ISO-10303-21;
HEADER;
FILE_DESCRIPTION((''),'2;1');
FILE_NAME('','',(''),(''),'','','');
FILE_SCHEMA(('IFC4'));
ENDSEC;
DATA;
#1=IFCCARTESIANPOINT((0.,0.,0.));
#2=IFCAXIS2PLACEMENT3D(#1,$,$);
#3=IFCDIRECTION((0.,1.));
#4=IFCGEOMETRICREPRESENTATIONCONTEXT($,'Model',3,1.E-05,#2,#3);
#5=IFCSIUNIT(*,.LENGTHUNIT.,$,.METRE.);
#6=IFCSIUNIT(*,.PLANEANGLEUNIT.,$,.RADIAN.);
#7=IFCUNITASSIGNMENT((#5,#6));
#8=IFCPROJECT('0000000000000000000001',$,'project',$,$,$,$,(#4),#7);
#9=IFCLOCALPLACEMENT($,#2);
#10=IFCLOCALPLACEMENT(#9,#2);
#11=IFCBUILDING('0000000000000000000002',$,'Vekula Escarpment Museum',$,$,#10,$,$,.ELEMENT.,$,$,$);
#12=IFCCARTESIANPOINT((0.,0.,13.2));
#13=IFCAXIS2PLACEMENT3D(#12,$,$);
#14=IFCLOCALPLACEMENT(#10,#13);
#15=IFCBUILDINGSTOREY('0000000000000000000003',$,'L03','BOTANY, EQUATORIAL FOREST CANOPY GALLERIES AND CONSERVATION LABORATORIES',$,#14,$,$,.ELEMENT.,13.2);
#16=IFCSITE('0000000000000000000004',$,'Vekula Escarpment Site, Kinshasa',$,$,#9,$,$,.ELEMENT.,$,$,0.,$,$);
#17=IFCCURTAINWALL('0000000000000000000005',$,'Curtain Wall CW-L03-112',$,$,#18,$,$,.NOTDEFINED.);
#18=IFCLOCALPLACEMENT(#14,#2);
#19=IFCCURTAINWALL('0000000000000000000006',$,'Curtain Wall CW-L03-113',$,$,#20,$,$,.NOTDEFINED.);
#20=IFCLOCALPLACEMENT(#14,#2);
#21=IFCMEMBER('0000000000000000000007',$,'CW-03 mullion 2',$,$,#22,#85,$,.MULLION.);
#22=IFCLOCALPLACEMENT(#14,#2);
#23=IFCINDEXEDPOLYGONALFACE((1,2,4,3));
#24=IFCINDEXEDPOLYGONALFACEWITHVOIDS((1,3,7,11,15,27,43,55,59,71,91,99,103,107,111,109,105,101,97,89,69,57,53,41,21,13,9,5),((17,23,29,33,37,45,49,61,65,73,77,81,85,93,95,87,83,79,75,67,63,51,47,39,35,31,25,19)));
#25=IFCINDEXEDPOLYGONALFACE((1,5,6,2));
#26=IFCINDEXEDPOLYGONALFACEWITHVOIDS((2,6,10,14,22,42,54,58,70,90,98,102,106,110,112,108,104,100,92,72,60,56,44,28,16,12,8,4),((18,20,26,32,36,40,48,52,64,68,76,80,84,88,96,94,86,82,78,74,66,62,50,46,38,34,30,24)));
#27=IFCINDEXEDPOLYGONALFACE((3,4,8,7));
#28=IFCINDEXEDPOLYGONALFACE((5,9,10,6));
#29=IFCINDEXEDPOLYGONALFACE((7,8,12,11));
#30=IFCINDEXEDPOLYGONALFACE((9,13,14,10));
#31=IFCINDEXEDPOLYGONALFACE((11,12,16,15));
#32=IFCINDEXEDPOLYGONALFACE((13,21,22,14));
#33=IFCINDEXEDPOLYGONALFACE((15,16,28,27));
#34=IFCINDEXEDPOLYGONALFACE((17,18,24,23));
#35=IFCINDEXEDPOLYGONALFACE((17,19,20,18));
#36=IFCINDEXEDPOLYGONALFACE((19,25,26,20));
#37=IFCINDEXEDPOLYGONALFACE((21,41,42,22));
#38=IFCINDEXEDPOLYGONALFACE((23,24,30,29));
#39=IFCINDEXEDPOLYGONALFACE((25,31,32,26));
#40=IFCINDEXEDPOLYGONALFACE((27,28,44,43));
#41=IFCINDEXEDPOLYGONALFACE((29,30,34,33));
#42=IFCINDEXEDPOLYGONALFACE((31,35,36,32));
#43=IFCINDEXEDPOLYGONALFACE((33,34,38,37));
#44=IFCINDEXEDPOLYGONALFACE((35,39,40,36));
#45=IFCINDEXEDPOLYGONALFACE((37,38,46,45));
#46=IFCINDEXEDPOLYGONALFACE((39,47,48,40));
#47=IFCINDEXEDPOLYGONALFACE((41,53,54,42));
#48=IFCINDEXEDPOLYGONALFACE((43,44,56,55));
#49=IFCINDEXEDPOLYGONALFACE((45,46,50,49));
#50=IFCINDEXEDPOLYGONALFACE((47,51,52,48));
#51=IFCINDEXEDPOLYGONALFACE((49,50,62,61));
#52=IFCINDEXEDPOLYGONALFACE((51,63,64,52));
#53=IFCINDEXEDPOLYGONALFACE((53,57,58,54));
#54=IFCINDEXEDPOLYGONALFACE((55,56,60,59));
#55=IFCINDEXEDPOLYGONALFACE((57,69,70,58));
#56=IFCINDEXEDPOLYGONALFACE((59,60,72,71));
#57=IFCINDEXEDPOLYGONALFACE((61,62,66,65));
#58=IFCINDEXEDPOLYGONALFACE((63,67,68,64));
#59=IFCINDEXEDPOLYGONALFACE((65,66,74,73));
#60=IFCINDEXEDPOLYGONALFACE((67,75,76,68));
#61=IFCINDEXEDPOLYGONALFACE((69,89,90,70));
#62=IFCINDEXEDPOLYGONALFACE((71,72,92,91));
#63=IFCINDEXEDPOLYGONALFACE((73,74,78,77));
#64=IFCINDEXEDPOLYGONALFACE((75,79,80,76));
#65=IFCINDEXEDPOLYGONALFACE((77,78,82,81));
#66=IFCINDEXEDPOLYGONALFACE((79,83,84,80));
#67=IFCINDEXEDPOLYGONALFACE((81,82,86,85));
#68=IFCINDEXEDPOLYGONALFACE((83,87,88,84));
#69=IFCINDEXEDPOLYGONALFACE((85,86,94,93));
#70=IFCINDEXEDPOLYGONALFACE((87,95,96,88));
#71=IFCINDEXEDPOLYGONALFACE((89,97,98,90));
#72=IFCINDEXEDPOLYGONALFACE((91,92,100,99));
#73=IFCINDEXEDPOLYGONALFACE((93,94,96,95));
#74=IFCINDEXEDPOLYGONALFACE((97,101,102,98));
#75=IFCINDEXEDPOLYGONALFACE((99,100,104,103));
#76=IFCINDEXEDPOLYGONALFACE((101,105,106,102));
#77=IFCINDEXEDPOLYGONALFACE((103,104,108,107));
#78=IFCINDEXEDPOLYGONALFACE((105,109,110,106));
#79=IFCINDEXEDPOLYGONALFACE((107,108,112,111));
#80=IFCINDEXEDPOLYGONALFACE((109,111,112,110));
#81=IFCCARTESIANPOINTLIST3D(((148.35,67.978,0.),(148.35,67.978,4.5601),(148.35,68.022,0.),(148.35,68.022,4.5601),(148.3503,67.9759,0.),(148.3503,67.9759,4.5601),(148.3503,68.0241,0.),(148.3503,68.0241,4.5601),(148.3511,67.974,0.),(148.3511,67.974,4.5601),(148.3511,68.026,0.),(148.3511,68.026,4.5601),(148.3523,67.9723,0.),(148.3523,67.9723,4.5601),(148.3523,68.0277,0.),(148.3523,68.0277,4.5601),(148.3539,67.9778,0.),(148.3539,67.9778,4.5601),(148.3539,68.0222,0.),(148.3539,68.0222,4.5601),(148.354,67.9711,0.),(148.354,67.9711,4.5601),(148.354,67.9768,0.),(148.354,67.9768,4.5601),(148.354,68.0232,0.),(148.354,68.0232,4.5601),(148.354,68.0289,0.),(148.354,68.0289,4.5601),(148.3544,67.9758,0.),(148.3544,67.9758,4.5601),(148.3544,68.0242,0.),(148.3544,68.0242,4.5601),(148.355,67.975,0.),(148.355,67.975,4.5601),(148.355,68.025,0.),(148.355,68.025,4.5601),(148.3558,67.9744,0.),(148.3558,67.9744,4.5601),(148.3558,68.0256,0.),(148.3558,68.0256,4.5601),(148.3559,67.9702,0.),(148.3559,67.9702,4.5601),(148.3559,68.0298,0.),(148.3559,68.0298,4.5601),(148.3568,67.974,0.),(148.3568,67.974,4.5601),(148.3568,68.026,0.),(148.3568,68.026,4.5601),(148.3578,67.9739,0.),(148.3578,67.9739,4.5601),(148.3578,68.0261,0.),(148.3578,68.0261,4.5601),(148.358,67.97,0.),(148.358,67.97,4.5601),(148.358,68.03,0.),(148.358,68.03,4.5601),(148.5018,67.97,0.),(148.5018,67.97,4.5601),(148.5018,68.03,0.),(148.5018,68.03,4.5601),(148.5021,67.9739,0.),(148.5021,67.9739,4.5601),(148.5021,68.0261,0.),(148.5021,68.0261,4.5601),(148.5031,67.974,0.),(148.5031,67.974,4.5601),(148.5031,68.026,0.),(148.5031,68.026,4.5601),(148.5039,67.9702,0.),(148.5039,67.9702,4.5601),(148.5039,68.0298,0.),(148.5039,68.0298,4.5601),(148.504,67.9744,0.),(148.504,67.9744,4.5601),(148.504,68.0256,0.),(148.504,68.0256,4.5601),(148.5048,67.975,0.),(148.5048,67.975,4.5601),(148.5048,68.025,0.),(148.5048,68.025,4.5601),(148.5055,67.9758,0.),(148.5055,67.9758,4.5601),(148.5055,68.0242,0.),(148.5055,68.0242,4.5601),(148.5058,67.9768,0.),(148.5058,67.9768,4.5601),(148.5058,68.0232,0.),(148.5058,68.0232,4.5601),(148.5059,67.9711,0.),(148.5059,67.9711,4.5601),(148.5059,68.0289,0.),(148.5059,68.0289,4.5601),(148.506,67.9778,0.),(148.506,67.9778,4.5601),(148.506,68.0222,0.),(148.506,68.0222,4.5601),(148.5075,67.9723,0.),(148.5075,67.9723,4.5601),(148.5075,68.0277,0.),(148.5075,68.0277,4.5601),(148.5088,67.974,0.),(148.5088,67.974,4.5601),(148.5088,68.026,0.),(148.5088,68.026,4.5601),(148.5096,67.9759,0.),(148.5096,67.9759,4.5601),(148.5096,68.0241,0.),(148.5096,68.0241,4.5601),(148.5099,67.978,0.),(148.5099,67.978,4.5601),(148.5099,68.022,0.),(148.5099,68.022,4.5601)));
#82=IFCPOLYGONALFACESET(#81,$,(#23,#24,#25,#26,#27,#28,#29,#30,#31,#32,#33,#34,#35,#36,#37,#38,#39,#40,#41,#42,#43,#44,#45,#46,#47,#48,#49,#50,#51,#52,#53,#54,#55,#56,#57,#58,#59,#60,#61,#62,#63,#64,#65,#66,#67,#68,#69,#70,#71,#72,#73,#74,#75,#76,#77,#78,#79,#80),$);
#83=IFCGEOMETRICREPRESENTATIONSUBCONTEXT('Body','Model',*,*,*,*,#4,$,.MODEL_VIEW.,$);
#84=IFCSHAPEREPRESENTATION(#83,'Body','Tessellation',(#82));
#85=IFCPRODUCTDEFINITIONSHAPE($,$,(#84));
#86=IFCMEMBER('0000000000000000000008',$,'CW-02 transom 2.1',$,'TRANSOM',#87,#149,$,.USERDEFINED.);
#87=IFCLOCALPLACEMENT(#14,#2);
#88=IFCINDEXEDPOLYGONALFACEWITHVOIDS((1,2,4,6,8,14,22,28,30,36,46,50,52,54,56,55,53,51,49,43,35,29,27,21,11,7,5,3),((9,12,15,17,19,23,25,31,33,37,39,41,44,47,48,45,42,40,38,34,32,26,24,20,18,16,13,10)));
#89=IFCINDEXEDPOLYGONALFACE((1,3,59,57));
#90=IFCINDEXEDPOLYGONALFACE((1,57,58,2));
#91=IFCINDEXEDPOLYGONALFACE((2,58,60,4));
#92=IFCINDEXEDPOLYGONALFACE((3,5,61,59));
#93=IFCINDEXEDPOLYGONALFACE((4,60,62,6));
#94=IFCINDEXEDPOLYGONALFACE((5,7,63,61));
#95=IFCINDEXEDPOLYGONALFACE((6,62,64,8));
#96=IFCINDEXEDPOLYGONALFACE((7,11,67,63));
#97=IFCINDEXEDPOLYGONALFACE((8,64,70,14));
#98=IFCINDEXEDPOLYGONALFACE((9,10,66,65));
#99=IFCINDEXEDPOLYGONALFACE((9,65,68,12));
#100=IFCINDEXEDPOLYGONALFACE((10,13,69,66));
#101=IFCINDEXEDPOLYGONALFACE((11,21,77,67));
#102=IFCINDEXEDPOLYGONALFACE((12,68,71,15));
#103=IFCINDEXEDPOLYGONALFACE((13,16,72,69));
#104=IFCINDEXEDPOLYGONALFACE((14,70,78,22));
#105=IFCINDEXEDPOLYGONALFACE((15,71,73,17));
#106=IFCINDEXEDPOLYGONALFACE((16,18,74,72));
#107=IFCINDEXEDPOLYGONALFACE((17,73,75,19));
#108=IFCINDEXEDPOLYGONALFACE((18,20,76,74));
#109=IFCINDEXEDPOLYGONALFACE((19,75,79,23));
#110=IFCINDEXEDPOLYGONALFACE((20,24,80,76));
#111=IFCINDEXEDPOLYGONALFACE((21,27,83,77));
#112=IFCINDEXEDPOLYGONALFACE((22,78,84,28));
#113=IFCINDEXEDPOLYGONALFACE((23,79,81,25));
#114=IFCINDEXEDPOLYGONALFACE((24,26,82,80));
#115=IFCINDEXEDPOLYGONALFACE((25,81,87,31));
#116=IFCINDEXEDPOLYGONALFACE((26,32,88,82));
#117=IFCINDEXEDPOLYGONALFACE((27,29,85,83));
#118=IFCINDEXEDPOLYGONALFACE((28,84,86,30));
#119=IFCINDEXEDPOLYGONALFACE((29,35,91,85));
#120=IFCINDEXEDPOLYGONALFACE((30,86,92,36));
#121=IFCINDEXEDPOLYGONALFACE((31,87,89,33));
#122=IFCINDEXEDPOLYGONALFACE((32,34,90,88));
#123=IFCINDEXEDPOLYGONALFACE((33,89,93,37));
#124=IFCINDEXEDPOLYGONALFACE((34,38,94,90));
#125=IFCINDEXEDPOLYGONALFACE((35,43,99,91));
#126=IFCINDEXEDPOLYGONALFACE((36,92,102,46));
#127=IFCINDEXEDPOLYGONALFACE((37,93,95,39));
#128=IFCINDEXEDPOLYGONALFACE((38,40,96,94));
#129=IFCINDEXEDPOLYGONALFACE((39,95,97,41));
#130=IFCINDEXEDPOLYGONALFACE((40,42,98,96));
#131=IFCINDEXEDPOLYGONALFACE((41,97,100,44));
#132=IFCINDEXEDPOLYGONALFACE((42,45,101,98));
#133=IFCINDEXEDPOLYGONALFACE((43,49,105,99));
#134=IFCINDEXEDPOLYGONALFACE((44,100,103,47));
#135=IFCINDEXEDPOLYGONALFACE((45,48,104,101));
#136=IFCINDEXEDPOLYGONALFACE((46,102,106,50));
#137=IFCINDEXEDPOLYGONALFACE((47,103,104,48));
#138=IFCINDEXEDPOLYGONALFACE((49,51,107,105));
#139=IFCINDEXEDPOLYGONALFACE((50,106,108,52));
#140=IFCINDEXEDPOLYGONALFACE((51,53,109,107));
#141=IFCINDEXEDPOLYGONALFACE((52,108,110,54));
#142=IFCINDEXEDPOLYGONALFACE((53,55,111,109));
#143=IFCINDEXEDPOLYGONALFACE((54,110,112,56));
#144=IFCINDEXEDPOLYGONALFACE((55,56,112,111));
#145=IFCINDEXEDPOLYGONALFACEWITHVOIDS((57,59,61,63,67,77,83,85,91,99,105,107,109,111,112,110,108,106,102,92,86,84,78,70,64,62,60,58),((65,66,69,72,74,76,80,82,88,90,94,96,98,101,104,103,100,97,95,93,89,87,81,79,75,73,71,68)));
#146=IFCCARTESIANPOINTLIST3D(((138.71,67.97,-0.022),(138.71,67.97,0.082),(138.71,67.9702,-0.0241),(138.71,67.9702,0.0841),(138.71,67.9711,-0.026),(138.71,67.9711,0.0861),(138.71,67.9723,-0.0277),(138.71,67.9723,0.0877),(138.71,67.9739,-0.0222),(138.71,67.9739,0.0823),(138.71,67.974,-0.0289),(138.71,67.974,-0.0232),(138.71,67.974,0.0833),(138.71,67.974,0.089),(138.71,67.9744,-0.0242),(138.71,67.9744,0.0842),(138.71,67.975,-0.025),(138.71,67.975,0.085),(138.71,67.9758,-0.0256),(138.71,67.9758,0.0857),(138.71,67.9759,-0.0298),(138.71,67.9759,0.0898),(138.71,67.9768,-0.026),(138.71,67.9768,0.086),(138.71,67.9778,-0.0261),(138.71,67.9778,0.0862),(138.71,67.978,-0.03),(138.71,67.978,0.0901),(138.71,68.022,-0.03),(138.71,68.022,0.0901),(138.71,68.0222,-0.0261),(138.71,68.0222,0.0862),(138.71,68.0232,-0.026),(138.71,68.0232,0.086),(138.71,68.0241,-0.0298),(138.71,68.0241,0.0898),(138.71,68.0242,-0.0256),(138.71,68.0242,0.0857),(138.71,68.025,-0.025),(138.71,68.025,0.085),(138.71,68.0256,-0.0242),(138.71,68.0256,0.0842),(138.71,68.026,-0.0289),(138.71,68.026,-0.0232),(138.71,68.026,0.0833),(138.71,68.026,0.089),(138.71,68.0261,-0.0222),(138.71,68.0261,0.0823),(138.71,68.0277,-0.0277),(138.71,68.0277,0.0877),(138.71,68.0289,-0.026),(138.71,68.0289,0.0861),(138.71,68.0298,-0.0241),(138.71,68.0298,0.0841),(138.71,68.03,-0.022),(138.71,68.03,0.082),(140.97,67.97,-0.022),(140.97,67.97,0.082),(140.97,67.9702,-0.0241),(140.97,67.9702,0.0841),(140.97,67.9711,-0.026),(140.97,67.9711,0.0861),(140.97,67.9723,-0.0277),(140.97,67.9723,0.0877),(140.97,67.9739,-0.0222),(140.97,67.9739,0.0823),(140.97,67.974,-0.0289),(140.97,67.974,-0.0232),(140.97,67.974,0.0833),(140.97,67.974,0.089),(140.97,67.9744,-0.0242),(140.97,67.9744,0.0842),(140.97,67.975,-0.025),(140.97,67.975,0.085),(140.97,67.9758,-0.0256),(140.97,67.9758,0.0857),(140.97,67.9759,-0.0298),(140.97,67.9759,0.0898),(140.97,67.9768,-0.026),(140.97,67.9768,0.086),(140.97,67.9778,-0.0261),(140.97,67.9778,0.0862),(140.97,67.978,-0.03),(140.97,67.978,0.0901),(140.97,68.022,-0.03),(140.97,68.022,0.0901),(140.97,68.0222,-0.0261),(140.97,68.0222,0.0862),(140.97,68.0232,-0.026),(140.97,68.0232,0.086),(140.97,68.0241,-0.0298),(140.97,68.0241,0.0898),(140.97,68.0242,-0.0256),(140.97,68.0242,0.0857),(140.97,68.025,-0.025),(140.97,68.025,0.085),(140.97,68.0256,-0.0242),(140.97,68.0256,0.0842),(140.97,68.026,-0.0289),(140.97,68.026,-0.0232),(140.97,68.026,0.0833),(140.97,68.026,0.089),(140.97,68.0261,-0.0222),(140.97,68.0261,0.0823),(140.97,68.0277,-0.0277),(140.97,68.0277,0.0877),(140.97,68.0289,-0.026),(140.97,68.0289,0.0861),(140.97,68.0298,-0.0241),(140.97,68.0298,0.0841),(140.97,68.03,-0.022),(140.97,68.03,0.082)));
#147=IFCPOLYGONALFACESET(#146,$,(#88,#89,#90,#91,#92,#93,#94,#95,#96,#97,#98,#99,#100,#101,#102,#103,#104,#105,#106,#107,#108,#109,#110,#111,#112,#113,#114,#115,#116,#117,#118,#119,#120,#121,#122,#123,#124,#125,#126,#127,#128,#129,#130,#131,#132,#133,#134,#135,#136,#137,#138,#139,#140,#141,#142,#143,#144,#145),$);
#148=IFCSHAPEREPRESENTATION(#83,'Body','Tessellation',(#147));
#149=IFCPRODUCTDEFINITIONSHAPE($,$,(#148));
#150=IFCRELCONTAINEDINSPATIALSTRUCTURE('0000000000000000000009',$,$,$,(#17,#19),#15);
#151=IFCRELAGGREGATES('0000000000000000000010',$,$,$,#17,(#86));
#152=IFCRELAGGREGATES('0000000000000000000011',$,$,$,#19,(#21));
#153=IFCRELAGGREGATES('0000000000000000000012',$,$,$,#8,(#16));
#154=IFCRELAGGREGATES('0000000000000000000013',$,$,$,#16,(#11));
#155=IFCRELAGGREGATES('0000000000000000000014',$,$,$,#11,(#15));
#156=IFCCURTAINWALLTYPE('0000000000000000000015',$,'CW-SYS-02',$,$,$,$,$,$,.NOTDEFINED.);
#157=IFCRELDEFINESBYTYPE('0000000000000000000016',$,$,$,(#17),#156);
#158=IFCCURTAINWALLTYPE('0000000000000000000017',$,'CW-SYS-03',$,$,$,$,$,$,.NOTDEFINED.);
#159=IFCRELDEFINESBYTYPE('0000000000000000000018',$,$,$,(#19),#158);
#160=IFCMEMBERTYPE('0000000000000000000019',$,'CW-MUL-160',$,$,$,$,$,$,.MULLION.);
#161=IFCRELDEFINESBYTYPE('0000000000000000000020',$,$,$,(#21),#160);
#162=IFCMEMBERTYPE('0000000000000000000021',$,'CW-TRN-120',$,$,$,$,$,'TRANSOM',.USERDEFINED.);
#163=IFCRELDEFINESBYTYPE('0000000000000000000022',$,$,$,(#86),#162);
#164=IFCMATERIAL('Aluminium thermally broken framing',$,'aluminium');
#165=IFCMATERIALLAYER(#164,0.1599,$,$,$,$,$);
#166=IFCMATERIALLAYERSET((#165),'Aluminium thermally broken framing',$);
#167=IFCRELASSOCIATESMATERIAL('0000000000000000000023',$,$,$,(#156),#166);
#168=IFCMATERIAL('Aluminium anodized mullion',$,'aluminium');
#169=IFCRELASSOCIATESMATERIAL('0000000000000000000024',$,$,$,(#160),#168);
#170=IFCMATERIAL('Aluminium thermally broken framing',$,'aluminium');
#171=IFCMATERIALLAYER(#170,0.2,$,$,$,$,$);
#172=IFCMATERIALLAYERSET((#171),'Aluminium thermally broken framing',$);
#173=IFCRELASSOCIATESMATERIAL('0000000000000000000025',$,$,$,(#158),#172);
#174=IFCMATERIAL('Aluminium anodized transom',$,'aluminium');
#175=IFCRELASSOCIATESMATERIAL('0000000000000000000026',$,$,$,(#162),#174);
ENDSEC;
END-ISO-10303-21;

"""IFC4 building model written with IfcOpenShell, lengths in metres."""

from ifc_helpers import new_model, si_unit, direction, frame, origin, origin_2d, place, context, subcontext, project, spatial, hollow_rectangle, extrude, material, layer, layer_set, material_profile, profile_set, type_object, element, aggregate, save


model = new_model("IFC4")

# Units and contexts
model_context = context("Model", 3, precision=1e-05, world=origin(), true_north=direction((0.0, 1.0)))
body_context = subcontext(model_context, "Body", "Model", "MODEL_VIEW")
ifc_project = project(units=[si_unit("LENGTHUNIT", "METRE"), si_unit("PLANEANGLEUNIT", "RADIAN")], contexts=[model_context])

# Site, building, storey
site_placement = place(None, origin())
site = spatial("IfcSite", under=ifc_project, at=site_placement, Name="Vekula Escarpment Site, Kinshasa", CompositionType="ELEMENT", RefElevation=0.0)
building_placement = place(site_placement, origin())
building = spatial("IfcBuilding", under=site, at=building_placement, Name="Vekula Escarpment Museum", CompositionType="ELEMENT")
storey_placement = place(building_placement, frame((0.0, 0.0, 13.2)))
storey = spatial("IfcBuildingStorey", under=building, at=storey_placement, Name="L03", Description="BOTANY, EQUATORIAL FOREST CANOPY GALLERIES AND CONSERVATION LABORATORIES", CompositionType="ELEMENT", Elevation=13.2)

# Curtain walls, member
ifc_material_1 = material(Name="Aluminium thermally broken framing", Category="aluminium")
ifc_layer_1 = layer(ifc_material_1, 0.1599)
ifc_layer_set_1 = layer_set([ifc_layer_1], Name="Aluminium thermally broken framing")
curtain_wall_type_1 = type_object("IfcCurtainWallType", Name="CW-SYS-02", PredefinedType="NOTDEFINED", material=ifc_layer_set_1)
curtain_wall_1_placement = place(storey_placement, origin())
curtain_wall_1 = element("IfcCurtainWall", 1, at=curtain_wall_1_placement, inside=storey, type_object=curtain_wall_type_1, Name="Curtain Wall CW-L03-112", PredefinedType="NOTDEFINED")
ifc_material_2 = material(Name="Aluminium anodized mullion", Category="aluminium")
ifc_material_profile_1 = material_profile(ifc_material_2, hollow_rectangle(XDim=0.0601, YDim=0.1599, WallThickness=0.0039, InnerFilletRadius=0.0039, OuterFilletRadius=0.0081, at=origin_2d()), Name="ALU 160x60x4")
ifc_profile_set_1 = profile_set([ifc_material_profile_1], Name="Aluminium anodized mullion")
member_type_1 = type_object("IfcMemberType", Name="CW-MUL-160", PredefinedType="MULLION", material=ifc_profile_set_1)
ifc_material_3 = material(Name="Aluminium thermally broken framing", Category="aluminium")
ifc_layer_2 = layer(ifc_material_3, 0.2)
ifc_layer_set_2 = layer_set([ifc_layer_2], Name="Aluminium thermally broken framing")
curtain_wall_type_2 = type_object("IfcCurtainWallType", Name="CW-SYS-03", PredefinedType="NOTDEFINED", material=ifc_layer_set_2)
curtain_wall_2_placement = place(storey_placement, origin())
curtain_wall_2 = element("IfcCurtainWall", 2, at=curtain_wall_2_placement, inside=storey, type_object=curtain_wall_type_2, Name="Curtain Wall CW-L03-113", PredefinedType="NOTDEFINED")
member_1_placement = place(storey_placement, frame((148.4299, 68.0, 0.0), z_axis=(0.0, 0.0, 1.0), x_axis=(0.0, 1.0, 0.0)))
member_1 = element("IfcMember", 3, at=member_1_placement, type_object=member_type_1, Name="CW-03 mullion 2", PredefinedType="MULLION", context=body_context, shape_type="SweptSolid", body=[
    extrude(hollow_rectangle(XDim=0.0601, YDim=0.1599, WallThickness=0.0039, InnerFilletRadius=0.0039, OuterFilletRadius=0.0081, at=origin_2d()), origin(), (0.0, 0.0, 1.0), 4.5601),
])

# Member
ifc_material_4 = material(Name="Aluminium anodized transom", Category="aluminium")
ifc_material_profile_2 = material_profile(ifc_material_4, hollow_rectangle(XDim=0.0601, YDim=0.1201, WallThickness=0.0039, InnerFilletRadius=0.0039, OuterFilletRadius=0.0081, at=origin_2d()), Name="ALU 120x60x4")
ifc_profile_set_2 = profile_set([ifc_material_profile_2], Name="Aluminium anodized transom")
member_type_2 = type_object("IfcMemberType", Name="CW-TRN-120", ElementType="TRANSOM", PredefinedType="USERDEFINED", material=ifc_profile_set_2)
member_2_placement = place(storey_placement, frame((138.71, 68.0, 0.03), z_axis=(1.0, 0.0, 0.0), x_axis=(0.0, 1.0, 0.0)))
member_2 = element("IfcMember", 4, at=member_2_placement, type_object=member_type_2, Name="CW-02 transom 2.1", ObjectType="TRANSOM", PredefinedType="USERDEFINED", context=body_context, shape_type="SweptSolid", body=[
    extrude(hollow_rectangle(XDim=0.0601, YDim=0.1201, WallThickness=0.0039, InnerFilletRadius=0.0039, OuterFilletRadius=0.0081, at=origin_2d()), origin(), (0.0, 0.0, 1.0), 2.26),
])

aggregate(curtain_wall_1, [member_2])
aggregate(curtain_wall_2, [member_1])

save(model, "model.ifc")
